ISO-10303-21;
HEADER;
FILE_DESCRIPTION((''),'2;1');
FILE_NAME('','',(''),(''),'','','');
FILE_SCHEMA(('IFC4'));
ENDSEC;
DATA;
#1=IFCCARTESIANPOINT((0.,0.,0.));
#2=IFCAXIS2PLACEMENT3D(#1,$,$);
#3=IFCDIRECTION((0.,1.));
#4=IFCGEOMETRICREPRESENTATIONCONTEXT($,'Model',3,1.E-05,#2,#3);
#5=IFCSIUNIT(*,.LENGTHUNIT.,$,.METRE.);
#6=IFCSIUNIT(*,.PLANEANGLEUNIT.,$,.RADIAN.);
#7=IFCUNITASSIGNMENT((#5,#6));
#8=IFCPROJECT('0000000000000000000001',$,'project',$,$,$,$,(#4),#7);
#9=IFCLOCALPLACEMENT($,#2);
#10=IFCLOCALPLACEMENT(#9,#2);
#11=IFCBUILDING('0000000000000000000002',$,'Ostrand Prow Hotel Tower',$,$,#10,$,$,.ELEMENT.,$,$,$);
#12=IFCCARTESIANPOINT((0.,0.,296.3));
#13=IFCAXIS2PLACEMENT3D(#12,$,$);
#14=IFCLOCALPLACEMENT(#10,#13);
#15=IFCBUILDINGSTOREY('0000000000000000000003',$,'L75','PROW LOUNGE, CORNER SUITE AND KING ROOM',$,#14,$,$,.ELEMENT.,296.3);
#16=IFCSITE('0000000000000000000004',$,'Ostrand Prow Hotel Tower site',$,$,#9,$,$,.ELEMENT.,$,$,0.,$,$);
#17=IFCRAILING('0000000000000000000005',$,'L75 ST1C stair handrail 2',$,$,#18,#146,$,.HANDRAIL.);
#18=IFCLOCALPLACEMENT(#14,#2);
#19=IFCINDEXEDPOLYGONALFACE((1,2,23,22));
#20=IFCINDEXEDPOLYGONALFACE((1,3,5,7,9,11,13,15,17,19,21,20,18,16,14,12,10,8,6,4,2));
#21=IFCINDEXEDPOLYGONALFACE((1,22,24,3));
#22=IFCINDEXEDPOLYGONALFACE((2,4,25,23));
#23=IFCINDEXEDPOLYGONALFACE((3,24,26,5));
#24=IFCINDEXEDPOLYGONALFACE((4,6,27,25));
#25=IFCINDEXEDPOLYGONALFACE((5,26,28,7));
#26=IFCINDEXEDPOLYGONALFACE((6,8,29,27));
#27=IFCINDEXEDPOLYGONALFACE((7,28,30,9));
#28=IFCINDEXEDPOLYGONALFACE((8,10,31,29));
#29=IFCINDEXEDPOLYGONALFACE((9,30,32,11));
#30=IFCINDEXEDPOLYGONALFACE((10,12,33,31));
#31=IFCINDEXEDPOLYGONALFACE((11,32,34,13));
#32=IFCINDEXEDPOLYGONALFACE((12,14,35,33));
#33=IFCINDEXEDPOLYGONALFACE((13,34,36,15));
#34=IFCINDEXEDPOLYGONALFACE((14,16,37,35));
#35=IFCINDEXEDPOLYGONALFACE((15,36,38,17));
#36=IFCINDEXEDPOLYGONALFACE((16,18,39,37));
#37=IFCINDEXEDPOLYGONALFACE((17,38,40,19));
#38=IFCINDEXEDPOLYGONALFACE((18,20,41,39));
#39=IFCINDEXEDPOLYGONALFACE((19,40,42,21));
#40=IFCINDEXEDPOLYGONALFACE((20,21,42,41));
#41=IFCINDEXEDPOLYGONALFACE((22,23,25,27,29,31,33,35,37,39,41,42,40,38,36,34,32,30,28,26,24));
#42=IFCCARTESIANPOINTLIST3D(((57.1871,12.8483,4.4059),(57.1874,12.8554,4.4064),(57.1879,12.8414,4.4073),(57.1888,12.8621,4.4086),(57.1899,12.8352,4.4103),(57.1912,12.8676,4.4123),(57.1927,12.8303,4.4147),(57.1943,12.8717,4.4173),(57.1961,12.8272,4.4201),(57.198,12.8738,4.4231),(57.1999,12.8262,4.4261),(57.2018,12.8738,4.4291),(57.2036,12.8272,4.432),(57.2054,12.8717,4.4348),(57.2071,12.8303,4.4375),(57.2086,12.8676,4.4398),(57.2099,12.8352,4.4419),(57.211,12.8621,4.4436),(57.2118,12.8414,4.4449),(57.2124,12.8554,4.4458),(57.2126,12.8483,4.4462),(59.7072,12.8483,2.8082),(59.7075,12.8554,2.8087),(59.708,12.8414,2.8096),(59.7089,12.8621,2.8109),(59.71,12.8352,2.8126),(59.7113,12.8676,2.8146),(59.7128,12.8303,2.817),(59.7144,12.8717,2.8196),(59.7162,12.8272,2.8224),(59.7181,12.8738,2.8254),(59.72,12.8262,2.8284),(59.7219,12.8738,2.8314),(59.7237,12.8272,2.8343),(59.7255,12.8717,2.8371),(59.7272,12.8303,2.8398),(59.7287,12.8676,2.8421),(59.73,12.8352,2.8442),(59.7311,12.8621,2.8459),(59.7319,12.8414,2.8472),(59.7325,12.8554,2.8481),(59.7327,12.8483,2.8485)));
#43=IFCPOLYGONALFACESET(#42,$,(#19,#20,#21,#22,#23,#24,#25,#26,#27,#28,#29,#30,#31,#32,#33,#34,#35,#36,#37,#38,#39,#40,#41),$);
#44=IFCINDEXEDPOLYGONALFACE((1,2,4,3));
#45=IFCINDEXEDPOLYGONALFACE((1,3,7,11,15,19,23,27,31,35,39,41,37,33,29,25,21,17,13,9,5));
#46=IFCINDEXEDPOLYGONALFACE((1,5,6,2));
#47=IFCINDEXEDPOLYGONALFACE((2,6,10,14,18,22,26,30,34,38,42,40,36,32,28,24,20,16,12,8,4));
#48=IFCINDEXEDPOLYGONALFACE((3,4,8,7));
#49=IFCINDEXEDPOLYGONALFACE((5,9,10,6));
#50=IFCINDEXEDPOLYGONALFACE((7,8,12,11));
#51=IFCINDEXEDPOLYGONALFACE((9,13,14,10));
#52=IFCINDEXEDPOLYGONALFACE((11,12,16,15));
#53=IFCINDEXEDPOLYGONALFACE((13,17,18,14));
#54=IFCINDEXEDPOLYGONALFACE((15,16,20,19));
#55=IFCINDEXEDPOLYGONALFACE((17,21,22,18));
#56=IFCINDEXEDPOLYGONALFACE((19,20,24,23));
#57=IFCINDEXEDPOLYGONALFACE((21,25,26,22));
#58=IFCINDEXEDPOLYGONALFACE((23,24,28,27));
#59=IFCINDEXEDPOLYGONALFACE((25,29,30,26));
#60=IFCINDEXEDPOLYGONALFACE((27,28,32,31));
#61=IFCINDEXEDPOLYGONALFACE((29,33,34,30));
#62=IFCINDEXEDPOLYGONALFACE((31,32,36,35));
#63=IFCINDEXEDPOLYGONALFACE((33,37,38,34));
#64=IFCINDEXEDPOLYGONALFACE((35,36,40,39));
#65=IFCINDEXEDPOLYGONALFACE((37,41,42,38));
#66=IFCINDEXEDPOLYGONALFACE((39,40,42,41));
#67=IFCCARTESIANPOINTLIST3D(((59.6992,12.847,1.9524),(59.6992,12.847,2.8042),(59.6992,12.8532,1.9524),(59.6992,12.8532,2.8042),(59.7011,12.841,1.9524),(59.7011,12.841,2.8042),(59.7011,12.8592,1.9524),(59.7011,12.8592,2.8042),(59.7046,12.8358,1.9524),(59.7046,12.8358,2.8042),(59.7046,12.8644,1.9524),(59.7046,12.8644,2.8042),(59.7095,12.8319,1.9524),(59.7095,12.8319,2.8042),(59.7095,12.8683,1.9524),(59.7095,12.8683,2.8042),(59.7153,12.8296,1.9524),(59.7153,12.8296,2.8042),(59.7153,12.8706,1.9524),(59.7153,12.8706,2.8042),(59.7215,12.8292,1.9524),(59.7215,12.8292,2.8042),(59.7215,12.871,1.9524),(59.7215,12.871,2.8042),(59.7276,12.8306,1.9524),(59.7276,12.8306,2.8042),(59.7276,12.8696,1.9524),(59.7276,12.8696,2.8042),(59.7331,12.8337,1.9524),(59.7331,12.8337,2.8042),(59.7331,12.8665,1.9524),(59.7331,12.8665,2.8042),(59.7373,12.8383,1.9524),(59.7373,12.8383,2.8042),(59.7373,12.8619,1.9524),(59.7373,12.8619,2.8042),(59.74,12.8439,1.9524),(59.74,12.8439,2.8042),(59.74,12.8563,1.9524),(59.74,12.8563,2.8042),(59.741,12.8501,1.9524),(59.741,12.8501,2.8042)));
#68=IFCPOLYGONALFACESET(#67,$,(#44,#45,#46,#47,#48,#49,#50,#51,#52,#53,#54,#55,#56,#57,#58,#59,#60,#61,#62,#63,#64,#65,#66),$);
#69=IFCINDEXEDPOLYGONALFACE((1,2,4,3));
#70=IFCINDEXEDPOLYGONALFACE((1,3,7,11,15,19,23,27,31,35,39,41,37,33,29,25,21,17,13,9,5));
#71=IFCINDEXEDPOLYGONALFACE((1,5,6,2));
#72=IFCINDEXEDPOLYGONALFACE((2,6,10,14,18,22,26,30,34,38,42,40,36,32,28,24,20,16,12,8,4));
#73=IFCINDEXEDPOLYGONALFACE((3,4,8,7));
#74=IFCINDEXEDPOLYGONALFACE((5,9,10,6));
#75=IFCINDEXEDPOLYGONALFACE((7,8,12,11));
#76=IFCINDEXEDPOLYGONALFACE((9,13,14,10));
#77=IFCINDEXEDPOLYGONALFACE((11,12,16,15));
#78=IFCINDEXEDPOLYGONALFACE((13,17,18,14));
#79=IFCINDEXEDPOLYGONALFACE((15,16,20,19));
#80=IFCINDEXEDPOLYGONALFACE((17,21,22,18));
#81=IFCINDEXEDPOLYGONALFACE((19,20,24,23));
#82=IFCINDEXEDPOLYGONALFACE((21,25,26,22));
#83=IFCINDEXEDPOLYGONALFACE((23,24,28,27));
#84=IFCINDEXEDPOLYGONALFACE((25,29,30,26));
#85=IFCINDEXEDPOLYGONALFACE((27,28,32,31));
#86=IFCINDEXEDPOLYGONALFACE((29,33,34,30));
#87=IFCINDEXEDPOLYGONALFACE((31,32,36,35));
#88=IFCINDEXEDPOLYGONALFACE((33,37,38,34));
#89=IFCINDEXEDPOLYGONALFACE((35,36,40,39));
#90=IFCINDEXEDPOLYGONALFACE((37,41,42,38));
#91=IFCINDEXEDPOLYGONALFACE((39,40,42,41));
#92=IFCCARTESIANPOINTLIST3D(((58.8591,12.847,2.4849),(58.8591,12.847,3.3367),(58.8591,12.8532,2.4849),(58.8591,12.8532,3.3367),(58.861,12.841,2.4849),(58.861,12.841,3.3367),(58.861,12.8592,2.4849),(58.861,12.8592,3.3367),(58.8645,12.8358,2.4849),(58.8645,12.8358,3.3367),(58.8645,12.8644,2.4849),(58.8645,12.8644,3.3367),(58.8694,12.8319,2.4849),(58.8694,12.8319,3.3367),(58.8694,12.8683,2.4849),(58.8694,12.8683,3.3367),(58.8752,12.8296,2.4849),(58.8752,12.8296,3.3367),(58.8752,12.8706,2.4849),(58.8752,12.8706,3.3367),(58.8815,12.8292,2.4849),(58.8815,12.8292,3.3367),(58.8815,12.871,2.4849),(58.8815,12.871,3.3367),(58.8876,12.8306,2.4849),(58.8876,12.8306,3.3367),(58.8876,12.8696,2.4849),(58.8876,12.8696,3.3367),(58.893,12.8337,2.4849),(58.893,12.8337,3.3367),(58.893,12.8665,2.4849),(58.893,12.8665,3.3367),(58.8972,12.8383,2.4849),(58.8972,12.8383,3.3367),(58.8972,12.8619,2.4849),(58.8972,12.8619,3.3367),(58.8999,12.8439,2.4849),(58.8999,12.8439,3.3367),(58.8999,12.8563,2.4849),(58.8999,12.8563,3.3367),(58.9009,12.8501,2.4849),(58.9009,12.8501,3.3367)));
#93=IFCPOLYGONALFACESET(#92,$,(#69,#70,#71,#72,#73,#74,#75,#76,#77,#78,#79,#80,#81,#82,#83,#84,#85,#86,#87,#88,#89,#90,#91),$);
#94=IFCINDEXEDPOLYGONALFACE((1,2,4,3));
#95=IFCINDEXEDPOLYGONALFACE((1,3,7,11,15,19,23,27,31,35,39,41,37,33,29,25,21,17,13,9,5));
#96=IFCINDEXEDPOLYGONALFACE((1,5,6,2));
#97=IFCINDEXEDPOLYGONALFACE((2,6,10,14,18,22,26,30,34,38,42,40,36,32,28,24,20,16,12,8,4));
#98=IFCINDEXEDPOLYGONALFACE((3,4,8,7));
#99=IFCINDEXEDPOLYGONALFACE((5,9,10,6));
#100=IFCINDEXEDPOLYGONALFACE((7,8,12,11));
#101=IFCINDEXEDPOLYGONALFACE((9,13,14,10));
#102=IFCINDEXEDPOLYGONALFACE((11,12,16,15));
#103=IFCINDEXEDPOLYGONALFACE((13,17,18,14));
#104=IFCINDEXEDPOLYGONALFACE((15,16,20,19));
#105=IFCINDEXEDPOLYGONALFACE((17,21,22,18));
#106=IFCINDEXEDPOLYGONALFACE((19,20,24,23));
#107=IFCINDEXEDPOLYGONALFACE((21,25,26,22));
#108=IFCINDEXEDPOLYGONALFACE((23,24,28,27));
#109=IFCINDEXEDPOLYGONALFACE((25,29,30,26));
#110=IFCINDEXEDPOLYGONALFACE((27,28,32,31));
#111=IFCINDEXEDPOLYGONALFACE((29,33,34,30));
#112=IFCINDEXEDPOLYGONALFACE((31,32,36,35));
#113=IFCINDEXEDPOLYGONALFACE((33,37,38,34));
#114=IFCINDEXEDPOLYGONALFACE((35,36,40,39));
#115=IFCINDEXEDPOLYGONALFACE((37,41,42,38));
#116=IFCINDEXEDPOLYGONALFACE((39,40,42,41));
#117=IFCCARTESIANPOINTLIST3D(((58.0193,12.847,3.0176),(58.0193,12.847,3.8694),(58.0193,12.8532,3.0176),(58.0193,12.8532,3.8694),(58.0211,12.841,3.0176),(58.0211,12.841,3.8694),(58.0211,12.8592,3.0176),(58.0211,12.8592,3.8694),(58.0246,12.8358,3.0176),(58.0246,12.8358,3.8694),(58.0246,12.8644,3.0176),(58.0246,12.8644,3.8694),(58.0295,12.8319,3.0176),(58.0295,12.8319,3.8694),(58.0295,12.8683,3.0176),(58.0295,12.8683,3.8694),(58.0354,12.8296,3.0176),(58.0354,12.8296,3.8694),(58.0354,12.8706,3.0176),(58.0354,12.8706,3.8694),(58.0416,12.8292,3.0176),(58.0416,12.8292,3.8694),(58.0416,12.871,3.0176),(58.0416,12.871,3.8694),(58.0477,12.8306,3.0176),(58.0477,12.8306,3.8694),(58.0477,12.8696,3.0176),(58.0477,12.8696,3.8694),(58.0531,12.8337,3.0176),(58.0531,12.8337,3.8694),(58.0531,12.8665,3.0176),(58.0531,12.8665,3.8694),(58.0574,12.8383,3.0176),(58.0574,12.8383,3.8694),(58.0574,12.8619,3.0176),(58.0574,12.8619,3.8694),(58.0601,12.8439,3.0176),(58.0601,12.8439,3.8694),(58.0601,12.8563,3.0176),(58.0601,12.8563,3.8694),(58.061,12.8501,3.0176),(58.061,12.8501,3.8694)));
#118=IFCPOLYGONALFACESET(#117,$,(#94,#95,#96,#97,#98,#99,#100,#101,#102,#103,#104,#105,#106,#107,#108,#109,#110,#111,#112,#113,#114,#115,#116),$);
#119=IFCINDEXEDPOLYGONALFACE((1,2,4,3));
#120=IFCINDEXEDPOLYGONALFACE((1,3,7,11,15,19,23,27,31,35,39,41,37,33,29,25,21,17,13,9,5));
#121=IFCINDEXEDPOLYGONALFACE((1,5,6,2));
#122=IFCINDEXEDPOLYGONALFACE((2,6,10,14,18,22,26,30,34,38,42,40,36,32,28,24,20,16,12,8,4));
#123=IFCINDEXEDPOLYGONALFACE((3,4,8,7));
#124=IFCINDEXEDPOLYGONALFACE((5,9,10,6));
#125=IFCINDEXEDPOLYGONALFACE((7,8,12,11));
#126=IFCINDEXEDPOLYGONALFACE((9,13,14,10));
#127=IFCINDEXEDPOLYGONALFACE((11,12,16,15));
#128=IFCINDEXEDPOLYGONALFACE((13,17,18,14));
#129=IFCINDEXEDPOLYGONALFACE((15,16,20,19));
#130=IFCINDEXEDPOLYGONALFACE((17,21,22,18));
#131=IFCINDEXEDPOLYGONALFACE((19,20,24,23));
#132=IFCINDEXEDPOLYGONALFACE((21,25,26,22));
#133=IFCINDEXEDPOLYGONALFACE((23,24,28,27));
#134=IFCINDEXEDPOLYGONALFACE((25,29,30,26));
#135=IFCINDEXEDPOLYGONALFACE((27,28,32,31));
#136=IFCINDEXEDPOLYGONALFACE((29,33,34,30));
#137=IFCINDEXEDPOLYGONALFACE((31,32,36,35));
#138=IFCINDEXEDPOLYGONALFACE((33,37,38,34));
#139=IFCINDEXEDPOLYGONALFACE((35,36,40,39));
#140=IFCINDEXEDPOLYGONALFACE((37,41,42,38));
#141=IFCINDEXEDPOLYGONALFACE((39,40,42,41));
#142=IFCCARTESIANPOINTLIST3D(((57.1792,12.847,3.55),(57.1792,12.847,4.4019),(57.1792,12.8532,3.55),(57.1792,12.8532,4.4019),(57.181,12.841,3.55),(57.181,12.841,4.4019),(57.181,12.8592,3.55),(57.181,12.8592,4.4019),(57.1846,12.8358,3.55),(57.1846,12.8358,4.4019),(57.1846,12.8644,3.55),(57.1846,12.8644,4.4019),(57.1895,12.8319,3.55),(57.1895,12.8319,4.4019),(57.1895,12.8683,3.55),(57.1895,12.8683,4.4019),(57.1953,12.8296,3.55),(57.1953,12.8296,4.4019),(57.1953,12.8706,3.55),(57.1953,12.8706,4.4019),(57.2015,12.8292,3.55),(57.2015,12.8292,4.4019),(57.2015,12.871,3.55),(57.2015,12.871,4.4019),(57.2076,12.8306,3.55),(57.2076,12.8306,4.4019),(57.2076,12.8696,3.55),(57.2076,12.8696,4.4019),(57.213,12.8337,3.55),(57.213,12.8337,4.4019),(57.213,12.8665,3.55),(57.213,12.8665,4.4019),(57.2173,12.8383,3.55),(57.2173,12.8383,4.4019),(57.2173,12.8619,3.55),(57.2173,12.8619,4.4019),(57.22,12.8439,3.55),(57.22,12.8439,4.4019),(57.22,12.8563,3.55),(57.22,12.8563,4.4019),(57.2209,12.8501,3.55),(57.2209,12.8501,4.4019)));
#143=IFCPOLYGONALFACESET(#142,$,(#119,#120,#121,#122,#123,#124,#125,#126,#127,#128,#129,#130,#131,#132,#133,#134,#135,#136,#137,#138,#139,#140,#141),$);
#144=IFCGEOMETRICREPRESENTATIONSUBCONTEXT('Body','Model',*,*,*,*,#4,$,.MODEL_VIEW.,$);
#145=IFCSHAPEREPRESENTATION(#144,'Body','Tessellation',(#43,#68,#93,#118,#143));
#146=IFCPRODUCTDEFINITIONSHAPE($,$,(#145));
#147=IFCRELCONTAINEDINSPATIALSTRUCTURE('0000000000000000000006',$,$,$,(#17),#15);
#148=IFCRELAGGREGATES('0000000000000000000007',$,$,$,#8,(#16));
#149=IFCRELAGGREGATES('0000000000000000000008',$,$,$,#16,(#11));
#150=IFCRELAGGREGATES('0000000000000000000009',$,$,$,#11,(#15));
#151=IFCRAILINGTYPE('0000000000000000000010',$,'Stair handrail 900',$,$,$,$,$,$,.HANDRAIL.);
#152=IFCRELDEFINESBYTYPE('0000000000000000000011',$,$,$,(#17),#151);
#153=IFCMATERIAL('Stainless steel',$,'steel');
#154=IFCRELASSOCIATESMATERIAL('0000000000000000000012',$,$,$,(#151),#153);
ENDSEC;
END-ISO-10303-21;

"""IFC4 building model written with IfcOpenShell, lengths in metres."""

from ifc_helpers import new_model, si_unit, direction, frame, origin, origin_2d, place, context, subcontext, project, spatial, circle, extrude, material, type_object, element, save


model = new_model("IFC4")

# Units and contexts
model_context = context("Model", 3, precision=1e-05, world=origin(), true_north=direction((0.0, 1.0)))
body_context = subcontext(model_context, "Body", "Model", "MODEL_VIEW")
ifc_project = project(units=[si_unit("LENGTHUNIT", "METRE"), si_unit("PLANEANGLEUNIT", "RADIAN")], contexts=[model_context])

# Site, building, storey
site_placement = place(None, origin())
site = spatial("IfcSite", under=ifc_project, at=site_placement, Name="Ostrand Prow Hotel Tower site", CompositionType="ELEMENT", RefElevation=0.0)
building_placement = place(site_placement, origin())
building = spatial("IfcBuilding", under=site, at=building_placement, Name="Ostrand Prow Hotel Tower", CompositionType="ELEMENT")
storey_placement = place(building_placement, frame((0.0, 0.0, 296.3)))
storey = spatial("IfcBuildingStorey", under=building, at=storey_placement, Name="L75", Description="PROW LOUNGE, CORNER SUITE AND KING ROOM", CompositionType="ELEMENT", Elevation=296.3)

# Railing
ifc_material_1 = material(Name="Stainless steel", Category="steel")
railing_type_1 = type_object("IfcRailingType", Name="Stair handrail 900", PredefinedType="HANDRAIL", material=ifc_material_1)
railing_1_placement = place(storey_placement, frame((59.72, 12.8501, 1.9524)))
element("IfcRailing", 1, at=railing_1_placement, inside=storey, type_object=railing_type_1, Name="L75 ST1C stair handrail 2", PredefinedType="HANDRAIL", context=body_context, shape_type="SweptSolid", body=[
    extrude(circle(Radius=0.0239, at=origin_2d()), frame((0.0, 0.0, 0.876), z_axis=(-0.84457, 0.0, 0.535445), x_axis=(0.0, -1.0, 0.0)), (0.0, 0.0, 1.0), 2.9839),
    extrude(circle(Radius=0.021, at=origin_2d()), origin(), (0.0, 0.0, 1.0), 0.8518),
    extrude(circle(Radius=0.021, at=origin_2d()), frame((-0.8401, 0.0, 0.5325)), (0.0, 0.0, 1.0), 0.8518),
    extrude(circle(Radius=0.021, at=origin_2d()), frame((-1.6799, 0.0, 1.0652)), (0.0, 0.0, 1.0), 0.8518),
    extrude(circle(Radius=0.021, at=origin_2d()), frame((-2.52, 0.0, 1.5977)), (0.0, 0.0, 1.0), 0.8518),
])

save(model, "model.ifc")
